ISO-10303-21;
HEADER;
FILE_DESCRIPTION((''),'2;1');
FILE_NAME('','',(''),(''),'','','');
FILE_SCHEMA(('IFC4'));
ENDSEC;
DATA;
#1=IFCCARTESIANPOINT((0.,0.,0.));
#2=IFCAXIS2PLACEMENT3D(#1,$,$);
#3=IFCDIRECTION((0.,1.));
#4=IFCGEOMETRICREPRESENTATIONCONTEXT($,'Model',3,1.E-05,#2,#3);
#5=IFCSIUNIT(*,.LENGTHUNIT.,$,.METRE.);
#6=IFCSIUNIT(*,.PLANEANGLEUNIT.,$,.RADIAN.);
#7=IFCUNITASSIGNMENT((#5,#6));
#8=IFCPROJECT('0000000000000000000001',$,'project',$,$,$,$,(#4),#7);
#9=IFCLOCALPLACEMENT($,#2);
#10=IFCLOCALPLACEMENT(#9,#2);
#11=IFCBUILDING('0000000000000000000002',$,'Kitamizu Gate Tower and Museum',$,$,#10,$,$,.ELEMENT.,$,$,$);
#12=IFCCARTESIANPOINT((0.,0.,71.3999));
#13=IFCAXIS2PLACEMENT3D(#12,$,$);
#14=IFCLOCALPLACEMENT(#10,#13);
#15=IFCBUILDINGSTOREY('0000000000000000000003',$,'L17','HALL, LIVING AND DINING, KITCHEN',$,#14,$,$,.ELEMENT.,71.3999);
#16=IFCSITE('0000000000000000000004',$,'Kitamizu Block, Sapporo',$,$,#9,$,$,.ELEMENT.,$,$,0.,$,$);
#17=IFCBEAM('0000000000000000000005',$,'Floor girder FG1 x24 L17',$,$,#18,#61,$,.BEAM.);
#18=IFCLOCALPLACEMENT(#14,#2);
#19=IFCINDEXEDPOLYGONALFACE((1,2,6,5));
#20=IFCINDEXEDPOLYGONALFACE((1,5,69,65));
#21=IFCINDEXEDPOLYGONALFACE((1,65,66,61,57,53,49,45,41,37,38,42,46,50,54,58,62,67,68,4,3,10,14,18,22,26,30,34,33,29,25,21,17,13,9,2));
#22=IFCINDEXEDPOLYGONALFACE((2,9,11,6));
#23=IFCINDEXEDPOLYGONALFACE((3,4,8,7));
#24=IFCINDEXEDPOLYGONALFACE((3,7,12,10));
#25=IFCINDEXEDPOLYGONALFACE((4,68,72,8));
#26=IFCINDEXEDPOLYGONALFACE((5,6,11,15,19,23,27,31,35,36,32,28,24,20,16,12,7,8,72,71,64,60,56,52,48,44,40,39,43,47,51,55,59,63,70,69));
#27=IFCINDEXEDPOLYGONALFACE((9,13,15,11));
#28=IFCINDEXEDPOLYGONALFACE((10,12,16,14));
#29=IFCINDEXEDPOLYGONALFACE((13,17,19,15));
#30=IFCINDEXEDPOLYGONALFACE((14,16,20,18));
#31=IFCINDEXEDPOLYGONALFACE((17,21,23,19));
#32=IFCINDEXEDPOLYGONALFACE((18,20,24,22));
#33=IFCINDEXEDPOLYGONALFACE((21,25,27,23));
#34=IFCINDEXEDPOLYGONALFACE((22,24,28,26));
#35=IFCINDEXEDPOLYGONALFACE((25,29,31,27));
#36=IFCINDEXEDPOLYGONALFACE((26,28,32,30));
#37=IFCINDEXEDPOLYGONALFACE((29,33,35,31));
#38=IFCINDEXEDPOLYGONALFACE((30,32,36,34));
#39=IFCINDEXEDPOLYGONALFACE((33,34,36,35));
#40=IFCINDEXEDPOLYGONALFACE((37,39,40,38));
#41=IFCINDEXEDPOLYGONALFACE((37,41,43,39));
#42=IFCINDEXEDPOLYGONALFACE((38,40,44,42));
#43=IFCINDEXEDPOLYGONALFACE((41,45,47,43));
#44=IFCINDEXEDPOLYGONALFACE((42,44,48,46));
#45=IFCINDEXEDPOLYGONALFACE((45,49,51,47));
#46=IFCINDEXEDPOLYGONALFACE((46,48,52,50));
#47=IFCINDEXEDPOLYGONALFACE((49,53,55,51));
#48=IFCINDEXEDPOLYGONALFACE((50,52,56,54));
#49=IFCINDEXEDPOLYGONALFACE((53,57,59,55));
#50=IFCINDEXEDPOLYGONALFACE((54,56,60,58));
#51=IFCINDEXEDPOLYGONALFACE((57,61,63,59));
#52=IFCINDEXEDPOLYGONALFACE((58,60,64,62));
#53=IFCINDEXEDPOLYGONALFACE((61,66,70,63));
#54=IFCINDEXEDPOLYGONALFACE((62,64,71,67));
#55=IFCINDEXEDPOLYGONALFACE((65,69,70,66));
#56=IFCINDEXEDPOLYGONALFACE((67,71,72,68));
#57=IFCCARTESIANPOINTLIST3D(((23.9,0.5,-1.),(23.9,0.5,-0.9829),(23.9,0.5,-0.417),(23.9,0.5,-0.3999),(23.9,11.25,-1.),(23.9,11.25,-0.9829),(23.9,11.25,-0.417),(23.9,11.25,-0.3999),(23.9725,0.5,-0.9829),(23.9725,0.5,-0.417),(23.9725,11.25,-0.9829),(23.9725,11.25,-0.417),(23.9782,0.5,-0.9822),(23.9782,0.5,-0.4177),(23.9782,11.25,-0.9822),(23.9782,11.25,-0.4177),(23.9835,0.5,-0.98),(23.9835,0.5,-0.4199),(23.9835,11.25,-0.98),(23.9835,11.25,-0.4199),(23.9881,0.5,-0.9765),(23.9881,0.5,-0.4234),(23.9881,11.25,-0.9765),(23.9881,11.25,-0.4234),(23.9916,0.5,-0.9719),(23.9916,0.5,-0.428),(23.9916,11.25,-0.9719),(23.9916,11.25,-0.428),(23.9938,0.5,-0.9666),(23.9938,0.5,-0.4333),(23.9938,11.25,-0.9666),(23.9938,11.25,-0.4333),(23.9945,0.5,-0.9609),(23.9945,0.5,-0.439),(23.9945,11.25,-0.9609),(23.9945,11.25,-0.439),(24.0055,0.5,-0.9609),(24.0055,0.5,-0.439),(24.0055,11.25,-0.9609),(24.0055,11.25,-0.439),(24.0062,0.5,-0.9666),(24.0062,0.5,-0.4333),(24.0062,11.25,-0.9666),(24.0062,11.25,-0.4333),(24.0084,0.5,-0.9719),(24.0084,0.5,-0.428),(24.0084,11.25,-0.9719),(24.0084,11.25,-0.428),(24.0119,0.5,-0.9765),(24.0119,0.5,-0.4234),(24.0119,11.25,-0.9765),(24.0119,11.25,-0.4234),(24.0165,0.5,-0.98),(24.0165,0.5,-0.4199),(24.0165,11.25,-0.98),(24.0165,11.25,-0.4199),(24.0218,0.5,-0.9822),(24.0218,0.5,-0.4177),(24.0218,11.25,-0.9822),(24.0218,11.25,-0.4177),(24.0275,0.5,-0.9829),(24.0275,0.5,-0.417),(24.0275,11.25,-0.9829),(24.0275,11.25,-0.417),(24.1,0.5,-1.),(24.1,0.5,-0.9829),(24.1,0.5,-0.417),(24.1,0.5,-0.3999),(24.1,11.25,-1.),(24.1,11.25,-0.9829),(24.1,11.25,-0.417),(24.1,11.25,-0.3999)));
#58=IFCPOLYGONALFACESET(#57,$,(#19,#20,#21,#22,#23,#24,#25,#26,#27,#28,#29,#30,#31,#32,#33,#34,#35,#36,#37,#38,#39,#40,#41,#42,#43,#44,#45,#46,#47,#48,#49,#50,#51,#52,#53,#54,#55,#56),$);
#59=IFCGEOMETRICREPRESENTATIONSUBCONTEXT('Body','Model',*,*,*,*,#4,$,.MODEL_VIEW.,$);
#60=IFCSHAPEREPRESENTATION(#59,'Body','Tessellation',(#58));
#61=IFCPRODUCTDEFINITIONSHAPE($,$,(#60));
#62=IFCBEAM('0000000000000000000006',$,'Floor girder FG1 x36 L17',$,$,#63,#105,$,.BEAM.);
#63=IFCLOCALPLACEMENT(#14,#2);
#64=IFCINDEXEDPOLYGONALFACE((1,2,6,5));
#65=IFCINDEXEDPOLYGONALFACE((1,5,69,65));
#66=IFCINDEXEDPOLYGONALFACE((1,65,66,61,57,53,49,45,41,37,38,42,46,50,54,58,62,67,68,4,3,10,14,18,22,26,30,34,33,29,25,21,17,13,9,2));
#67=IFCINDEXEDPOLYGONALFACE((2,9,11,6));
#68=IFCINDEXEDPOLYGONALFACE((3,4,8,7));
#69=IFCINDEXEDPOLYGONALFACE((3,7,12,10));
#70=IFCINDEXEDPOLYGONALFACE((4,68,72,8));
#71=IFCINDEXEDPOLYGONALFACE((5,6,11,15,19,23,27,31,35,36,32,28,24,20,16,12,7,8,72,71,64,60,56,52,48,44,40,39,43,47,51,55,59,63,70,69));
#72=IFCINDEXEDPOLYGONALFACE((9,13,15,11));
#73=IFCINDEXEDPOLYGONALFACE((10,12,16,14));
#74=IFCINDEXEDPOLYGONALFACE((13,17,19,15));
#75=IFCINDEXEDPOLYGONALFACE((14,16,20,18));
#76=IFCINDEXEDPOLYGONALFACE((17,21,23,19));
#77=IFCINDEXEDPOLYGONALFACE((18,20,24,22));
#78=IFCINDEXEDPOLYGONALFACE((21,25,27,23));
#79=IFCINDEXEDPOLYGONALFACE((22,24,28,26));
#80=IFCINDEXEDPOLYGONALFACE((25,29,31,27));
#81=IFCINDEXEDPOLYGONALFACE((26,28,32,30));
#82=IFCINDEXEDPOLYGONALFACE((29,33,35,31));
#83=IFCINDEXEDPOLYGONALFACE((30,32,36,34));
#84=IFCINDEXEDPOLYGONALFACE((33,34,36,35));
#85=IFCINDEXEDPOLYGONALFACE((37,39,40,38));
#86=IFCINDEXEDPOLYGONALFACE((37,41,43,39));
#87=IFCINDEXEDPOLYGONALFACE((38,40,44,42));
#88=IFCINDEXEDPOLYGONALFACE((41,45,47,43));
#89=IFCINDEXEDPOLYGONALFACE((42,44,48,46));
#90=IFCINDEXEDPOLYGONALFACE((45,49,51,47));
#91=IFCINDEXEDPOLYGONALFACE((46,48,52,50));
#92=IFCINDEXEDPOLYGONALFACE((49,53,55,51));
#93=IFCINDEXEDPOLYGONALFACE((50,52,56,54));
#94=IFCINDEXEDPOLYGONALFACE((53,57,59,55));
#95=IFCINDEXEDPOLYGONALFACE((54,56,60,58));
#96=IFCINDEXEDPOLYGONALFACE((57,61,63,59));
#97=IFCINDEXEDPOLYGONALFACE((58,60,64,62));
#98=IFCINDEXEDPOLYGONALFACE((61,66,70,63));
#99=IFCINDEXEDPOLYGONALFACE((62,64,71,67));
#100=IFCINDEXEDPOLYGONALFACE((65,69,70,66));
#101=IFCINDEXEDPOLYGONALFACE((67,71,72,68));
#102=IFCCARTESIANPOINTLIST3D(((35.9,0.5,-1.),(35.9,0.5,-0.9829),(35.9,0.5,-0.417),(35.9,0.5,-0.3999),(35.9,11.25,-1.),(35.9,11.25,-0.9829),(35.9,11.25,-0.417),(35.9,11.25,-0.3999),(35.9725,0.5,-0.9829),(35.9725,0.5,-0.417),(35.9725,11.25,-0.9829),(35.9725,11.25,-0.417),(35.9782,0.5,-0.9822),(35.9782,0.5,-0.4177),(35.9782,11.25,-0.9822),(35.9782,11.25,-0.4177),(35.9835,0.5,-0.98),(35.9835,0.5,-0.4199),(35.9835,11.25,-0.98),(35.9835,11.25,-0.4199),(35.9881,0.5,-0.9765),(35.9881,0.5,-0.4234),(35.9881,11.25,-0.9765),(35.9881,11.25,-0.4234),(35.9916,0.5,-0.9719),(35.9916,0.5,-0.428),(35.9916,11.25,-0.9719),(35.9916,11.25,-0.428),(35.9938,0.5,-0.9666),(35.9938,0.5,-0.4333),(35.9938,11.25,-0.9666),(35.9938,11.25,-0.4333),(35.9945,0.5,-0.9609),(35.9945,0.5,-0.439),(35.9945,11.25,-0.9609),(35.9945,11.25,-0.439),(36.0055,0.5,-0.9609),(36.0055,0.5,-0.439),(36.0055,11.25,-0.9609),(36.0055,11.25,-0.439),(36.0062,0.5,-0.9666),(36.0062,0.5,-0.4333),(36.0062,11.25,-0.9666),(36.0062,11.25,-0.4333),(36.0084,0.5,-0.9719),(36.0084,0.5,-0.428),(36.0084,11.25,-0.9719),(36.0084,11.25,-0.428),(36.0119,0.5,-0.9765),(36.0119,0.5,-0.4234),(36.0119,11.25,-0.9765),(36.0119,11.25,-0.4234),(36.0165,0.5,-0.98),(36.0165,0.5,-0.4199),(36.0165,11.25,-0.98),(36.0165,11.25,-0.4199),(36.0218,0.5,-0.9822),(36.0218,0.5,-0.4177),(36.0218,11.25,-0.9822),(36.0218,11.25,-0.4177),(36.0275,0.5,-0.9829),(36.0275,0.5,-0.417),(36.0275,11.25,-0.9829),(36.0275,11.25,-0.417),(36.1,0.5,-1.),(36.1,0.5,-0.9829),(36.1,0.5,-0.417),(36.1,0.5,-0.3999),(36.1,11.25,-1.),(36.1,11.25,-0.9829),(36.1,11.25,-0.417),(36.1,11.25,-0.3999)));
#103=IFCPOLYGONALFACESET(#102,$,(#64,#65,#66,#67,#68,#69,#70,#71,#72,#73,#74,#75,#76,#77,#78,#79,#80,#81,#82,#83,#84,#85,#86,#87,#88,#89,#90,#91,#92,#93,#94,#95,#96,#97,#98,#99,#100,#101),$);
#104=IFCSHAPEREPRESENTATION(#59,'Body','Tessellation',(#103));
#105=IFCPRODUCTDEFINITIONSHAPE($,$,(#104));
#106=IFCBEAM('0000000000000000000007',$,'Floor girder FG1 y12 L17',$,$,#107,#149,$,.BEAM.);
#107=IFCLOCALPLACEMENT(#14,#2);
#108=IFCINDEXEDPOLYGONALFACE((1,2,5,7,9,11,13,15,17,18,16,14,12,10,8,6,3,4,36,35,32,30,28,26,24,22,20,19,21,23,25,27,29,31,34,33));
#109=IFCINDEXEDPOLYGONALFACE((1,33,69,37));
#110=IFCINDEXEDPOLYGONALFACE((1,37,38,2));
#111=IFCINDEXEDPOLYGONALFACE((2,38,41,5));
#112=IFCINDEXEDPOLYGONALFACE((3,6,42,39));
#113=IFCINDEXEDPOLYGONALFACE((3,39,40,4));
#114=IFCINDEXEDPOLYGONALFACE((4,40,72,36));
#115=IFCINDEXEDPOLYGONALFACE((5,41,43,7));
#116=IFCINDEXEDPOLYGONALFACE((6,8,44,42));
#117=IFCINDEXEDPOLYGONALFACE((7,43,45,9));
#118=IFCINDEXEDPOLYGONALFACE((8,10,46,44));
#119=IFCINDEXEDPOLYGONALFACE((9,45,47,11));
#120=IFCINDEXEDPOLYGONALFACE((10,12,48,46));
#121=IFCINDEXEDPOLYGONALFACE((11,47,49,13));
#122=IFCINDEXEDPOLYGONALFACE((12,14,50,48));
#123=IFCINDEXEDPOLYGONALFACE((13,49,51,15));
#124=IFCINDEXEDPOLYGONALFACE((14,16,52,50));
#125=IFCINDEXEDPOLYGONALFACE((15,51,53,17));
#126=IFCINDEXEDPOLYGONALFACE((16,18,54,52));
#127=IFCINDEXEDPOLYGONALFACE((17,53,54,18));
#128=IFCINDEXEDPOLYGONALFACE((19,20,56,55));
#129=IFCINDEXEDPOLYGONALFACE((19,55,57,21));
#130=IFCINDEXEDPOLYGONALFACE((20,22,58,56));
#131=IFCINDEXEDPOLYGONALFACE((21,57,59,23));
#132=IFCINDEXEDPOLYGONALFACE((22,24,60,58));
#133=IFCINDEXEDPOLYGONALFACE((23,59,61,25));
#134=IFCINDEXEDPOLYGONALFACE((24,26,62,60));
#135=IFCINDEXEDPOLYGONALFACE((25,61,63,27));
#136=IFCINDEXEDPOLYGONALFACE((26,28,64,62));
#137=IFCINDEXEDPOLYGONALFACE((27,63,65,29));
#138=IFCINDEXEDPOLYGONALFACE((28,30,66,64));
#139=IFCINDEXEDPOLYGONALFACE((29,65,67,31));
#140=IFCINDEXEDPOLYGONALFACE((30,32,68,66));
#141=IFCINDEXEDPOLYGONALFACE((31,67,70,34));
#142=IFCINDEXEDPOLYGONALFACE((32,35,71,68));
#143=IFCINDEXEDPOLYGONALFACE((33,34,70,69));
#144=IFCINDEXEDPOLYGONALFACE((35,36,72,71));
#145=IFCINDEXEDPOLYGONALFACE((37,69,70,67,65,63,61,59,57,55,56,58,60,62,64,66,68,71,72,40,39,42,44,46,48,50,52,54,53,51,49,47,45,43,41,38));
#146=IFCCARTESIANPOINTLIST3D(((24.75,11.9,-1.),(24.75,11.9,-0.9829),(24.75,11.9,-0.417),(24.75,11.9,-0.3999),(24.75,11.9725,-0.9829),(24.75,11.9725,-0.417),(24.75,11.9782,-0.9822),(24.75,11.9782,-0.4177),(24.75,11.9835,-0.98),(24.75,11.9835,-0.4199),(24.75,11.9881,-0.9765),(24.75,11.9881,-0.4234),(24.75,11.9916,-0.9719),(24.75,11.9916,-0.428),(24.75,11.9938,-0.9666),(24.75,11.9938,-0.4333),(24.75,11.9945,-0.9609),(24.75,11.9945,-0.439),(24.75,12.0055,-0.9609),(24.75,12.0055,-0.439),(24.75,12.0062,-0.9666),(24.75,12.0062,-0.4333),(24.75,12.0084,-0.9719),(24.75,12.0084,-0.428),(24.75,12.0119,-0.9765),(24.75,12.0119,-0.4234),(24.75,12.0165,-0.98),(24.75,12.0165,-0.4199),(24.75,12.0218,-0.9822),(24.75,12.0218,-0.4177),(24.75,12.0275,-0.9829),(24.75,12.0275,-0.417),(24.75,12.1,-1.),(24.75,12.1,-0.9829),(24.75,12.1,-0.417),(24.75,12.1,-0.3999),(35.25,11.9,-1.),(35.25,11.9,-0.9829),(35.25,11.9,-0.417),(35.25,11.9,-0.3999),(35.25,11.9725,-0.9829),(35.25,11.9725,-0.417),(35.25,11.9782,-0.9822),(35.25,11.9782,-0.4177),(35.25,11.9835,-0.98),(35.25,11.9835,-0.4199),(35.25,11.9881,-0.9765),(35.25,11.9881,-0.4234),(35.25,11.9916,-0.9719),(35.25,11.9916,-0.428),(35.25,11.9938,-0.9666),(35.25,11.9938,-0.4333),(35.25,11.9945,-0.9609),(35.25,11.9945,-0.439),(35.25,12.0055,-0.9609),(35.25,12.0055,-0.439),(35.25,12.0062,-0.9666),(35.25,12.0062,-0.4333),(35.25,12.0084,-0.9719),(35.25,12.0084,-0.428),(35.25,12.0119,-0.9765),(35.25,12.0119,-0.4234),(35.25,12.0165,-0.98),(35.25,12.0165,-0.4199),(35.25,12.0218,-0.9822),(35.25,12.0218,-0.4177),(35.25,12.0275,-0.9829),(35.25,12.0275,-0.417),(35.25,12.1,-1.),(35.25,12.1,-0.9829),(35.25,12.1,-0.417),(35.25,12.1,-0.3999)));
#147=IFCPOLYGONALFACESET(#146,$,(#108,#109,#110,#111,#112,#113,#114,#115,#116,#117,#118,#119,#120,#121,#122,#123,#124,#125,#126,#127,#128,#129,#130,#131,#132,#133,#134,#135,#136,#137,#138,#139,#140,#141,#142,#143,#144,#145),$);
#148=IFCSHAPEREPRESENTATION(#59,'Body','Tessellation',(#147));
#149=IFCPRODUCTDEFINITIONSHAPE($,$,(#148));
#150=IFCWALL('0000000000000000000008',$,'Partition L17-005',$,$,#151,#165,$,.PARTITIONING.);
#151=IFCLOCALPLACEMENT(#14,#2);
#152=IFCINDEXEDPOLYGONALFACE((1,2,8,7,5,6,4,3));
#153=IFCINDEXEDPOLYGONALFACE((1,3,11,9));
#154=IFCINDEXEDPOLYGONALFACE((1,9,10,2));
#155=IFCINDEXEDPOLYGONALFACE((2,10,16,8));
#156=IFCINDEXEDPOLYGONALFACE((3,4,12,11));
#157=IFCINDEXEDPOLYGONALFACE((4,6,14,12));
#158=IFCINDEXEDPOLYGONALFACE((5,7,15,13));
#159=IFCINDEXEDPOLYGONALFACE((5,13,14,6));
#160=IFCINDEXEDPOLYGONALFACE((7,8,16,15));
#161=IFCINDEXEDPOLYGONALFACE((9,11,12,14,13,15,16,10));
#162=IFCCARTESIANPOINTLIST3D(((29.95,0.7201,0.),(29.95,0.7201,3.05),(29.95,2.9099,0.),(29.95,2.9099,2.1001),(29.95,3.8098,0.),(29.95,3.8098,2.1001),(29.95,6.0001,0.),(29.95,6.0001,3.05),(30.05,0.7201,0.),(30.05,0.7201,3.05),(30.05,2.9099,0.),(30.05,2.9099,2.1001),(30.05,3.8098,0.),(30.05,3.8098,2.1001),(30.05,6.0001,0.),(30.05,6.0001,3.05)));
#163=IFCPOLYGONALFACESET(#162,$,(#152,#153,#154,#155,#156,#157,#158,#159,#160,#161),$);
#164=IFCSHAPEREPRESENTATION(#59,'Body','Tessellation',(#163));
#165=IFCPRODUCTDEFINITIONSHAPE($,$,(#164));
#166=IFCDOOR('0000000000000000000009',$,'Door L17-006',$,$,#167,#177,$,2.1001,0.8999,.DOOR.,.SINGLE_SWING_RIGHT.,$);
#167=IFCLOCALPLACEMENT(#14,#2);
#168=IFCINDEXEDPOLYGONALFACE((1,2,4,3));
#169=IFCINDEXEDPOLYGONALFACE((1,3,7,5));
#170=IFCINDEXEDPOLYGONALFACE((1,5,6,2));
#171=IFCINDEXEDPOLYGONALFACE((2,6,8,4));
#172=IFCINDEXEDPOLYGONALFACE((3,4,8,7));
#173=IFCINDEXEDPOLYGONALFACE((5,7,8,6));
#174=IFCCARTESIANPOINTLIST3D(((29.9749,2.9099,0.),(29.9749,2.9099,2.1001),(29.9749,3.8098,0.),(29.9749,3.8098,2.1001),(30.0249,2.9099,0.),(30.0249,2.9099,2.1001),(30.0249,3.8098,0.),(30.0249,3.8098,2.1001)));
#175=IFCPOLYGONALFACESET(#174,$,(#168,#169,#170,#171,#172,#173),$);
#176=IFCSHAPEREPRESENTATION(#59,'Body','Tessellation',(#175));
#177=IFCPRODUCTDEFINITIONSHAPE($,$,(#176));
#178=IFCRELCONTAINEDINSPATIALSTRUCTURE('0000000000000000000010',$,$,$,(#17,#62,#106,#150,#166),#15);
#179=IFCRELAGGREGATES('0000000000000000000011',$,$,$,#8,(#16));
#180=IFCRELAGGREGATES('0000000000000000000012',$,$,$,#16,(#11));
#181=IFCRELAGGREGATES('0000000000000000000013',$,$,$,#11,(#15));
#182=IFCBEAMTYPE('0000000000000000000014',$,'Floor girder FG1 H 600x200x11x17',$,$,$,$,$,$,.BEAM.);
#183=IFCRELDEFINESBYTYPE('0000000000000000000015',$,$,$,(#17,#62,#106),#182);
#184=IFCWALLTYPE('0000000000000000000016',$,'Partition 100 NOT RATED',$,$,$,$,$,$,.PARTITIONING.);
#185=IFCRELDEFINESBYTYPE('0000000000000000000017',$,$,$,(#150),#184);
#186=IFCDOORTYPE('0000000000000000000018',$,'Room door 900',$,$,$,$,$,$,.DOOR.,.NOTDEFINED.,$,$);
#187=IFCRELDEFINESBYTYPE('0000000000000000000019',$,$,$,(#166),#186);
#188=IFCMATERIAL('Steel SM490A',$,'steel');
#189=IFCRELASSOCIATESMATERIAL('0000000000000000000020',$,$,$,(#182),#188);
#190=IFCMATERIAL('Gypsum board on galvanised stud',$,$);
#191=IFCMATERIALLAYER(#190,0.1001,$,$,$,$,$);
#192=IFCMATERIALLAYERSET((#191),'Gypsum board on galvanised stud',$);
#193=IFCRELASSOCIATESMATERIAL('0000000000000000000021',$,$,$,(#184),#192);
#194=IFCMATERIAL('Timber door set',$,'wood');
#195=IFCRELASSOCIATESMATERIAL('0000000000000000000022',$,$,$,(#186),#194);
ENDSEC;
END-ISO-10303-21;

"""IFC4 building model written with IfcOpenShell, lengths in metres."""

from ifc_helpers import new_model, si_unit, direction, frame, frame_2d, origin, origin_2d, place, context, subcontext, project, spatial, rectangle, i_section, extrude, material, layer, layer_set, material_profile, profile_set, type_object, element, fill, save


model = new_model("IFC4")

# Units and contexts
model_context = context("Model", 3, precision=1e-05, world=origin(), true_north=direction((0.0, 1.0)))
body_context = subcontext(model_context, "Body", "Model", "MODEL_VIEW")
ifc_project = project(units=[si_unit("LENGTHUNIT", "METRE"), si_unit("PLANEANGLEUNIT", "RADIAN")], contexts=[model_context])

# Site, building, storey
site_placement = place(None, origin())
site = spatial("IfcSite", under=ifc_project, at=site_placement, Name="Kitamizu Block, Sapporo", CompositionType="ELEMENT", RefElevation=0.0)
building_placement = place(site_placement, origin())
building = spatial("IfcBuilding", under=site, at=building_placement, Name="Kitamizu Gate Tower and Museum", CompositionType="ELEMENT")
storey_placement = place(building_placement, frame((0.0, 0.0, 71.3999)))
storey = spatial("IfcBuildingStorey", under=building, at=storey_placement, Name="L17", Description="HALL, LIVING AND DINING, KITCHEN", CompositionType="ELEMENT", Elevation=71.3999)

# Beams
ifc_material_1 = material(Name="Steel SM490A", Category="steel")
ifc_material_profile_1 = material_profile(ifc_material_1, i_section(OverallWidth=0.2, OverallDepth=0.6001, WebThickness=0.011, FlangeThickness=0.0171, FilletRadius=0.022, at=origin_2d()), Name="H-600x200x11x17")
ifc_profile_set_1 = profile_set([ifc_material_profile_1], Name="Steel SM490A")
beam_type_1 = type_object("IfcBeamType", Name="Floor girder FG1 H 600x200x11x17", PredefinedType="BEAM", material=ifc_profile_set_1)
for number, where, z_axis, x_axis, name in (
    (1, (24.0, 0.5, -0.7), (0.0, 1.0, 0.0), (-1.0, 0.0, 0.0), "Floor girder FG1 x24 L17"),
    (2, (36.0, 0.5, -0.7), (0.0, 1.0, 0.0), (-1.0, 0.0, 0.0), "Floor girder FG1 x36 L17"),
):
    element("IfcBeam", number, at=place(storey_placement, frame(where, z_axis=z_axis, x_axis=x_axis)), inside=storey, type_object=beam_type_1, Name=name, PredefinedType="BEAM", context=body_context, shape_type="SweptSolid", body=[
        extrude(i_section(OverallWidth=0.2, OverallDepth=0.6001, WebThickness=0.011, FlangeThickness=0.0171, FilletRadius=0.022, at=origin_2d()), origin(), (0.0, 0.0, 1.0), 10.75),
    ])
beam_1_placement = place(storey_placement, frame((24.75, 12.0, -0.7), z_axis=(1.0, 0.0, 0.0), x_axis=(0.0, 1.0, 0.0)))
element("IfcBeam", 3, at=beam_1_placement, inside=storey, type_object=beam_type_1, Name="Floor girder FG1 y12 L17", PredefinedType="BEAM", context=body_context, shape_type="SweptSolid", body=[
    extrude(i_section(OverallWidth=0.2, OverallDepth=0.6001, WebThickness=0.011, FlangeThickness=0.0171, FilletRadius=0.022, at=origin_2d()), origin(), (0.0, 0.0, 1.0), 10.5),
])

# Wall, opening, door
ifc_material_2 = material(Name="Gypsum board on galvanised stud")
ifc_layer_1 = layer(ifc_material_2, 0.1001)
ifc_layer_set_1 = layer_set([ifc_layer_1], Name="Gypsum board on galvanised stud")
wall_type_1 = type_object("IfcWallType", Name="Partition 100 NOT RATED", PredefinedType="PARTITIONING", material=ifc_layer_set_1)
wall_1_placement = place(storey_placement, frame((30.0, 0.72, 0.0), z_axis=(0.0, 0.0, 1.0), x_axis=(0.0, 1.0, 0.0)))
wall_1 = element("IfcWall", 4, at=wall_1_placement, inside=storey, type_object=wall_type_1, Name="Partition L17-005", PredefinedType="PARTITIONING", context=body_context, shape_type="SweptSolid", body=[
    extrude(rectangle(XDim=5.28, YDim=0.1001, at=frame_2d((2.6401, 0.0))), origin(), (0.0, 0.0, 1.0), 3.05),
])
opening_1_placement = place(wall_1_placement, frame((2.1899, 0.0, 0.0)))
opening_1 = element("IfcOpeningElement", 5, at=opening_1_placement, cuts=wall_1, PredefinedType="OPENING", context=body_context, shape_type="SweptSolid", body=[
    extrude(rectangle(XDim=0.8999, YDim=2.1001, at=frame_2d((0.45, 1.05))), frame((0.0, 0.0601, 0.0), z_axis=(0.0, -1.0, 0.0), x_axis=(1.0, 0.0, 0.0)), (0.0, 0.0, 1.0), 0.1201),
])
ifc_material_3 = material(Name="Timber door set", Category="wood")
door_type_1 = type_object("IfcDoorType", Name="Room door 900", OperationType="NOTDEFINED", PredefinedType="DOOR", material=ifc_material_3)
door_1_placement = place(opening_1_placement, frame((0.8999, 0.0, 0.0), x_axis=(-1.0, 0.0, 0.0)))
door_1 = element("IfcDoor", 6, at=door_1_placement, inside=storey, type_object=door_type_1, Name="Door L17-006", OperationType="SINGLE_SWING_RIGHT", OverallHeight=2.1001, OverallWidth=0.8999, PredefinedType="DOOR", context=body_context, shape_type="SweptSolid", body=[
    extrude(rectangle(XDim=0.8999, YDim=2.1001, at=frame_2d((0.45, 1.05))), frame((0.0, 0.0249, 0.0), z_axis=(0.0, -1.0, 0.0), x_axis=(1.0, 0.0, 0.0)), (0.0, 0.0, 1.0), 0.05),
])
fill(opening_1, door_1)

save(model, "model.ifc")
